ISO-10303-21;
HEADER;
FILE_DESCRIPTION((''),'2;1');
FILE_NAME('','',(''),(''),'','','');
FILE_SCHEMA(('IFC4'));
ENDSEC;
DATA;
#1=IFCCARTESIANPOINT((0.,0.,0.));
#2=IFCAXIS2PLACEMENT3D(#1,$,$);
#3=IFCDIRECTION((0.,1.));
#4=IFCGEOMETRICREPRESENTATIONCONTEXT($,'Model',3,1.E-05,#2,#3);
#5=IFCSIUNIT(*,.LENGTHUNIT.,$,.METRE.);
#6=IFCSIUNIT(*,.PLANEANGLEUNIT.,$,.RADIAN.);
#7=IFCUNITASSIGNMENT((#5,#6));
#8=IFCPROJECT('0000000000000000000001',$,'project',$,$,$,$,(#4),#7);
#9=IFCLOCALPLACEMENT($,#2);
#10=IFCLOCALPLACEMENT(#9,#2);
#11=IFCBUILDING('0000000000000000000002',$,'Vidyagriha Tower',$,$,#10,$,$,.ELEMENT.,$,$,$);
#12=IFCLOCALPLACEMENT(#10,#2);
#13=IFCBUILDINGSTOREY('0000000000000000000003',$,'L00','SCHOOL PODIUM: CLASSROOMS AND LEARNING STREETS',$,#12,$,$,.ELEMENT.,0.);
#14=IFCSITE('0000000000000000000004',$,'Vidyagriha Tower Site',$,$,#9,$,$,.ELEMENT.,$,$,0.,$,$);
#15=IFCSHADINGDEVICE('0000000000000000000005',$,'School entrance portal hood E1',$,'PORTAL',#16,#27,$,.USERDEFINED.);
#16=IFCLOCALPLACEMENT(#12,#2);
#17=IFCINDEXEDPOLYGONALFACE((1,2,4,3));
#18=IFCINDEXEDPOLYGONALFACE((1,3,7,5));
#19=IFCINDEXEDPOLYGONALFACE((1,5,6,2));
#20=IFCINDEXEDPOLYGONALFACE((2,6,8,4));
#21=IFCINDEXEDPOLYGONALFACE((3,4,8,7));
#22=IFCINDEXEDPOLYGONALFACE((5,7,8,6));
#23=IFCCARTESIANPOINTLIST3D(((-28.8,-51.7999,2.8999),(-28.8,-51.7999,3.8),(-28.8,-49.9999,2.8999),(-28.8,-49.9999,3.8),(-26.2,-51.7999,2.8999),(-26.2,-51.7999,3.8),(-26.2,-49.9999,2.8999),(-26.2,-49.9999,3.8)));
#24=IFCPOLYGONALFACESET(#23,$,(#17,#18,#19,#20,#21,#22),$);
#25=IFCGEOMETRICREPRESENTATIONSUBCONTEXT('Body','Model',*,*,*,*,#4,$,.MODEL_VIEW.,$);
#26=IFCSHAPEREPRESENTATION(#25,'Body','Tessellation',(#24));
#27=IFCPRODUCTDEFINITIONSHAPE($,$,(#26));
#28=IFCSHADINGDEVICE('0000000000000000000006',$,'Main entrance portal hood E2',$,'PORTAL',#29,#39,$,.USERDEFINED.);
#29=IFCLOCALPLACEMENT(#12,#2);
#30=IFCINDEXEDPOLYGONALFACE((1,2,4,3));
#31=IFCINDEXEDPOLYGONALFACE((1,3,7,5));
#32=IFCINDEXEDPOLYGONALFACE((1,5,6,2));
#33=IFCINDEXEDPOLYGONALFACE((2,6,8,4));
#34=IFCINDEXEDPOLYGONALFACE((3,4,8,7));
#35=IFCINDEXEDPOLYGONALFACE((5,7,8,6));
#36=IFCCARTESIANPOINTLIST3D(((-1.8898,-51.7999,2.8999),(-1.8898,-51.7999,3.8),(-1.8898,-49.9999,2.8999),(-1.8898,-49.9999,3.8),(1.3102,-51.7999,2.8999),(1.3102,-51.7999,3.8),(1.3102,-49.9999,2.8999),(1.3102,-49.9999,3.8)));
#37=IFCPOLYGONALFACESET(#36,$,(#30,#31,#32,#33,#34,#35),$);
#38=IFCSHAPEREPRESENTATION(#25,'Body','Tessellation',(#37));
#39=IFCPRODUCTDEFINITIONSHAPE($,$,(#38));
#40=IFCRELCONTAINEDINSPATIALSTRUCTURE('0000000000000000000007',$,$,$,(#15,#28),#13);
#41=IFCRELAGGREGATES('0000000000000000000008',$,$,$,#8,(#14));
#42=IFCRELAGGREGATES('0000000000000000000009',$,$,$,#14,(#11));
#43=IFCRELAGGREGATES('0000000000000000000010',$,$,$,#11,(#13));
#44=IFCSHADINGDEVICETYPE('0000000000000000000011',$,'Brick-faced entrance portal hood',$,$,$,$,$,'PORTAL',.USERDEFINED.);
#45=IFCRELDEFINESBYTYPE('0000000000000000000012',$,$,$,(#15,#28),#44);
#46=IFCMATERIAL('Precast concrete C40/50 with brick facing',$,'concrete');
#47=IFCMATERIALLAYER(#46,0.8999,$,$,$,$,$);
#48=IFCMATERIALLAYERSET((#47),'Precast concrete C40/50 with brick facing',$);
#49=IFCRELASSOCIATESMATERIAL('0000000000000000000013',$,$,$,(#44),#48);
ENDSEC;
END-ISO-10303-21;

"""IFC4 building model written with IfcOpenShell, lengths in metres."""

from ifc_helpers import new_model, si_unit, direction, frame, frame_2d, origin, place, context, subcontext, project, spatial, rectangle, extrude, material, layer, layer_set, type_object, element, save


model = new_model("IFC4")

# Units and contexts
model_context = context("Model", 3, precision=1e-05, world=origin(), true_north=direction((0.0, 1.0)))
body_context = subcontext(model_context, "Body", "Model", "MODEL_VIEW")
ifc_project = project(units=[si_unit("LENGTHUNIT", "METRE"), si_unit("PLANEANGLEUNIT", "RADIAN")], contexts=[model_context])

# Site, building, storey
site_placement = place(None, origin())
site = spatial("IfcSite", under=ifc_project, at=site_placement, Name="Vidyagriha Tower Site", CompositionType="ELEMENT", RefElevation=0.0)
building_placement = place(site_placement, origin())
building = spatial("IfcBuilding", under=site, at=building_placement, Name="Vidyagriha Tower", CompositionType="ELEMENT")
storey_placement = place(building_placement, origin())
storey = spatial("IfcBuildingStorey", under=building, at=storey_placement, Name="L00", Description="SCHOOL PODIUM: CLASSROOMS AND LEARNING STREETS", CompositionType="ELEMENT", Elevation=0.0)

# Shading devices
ifc_material_1 = material(Name="Precast concrete C40/50 with brick facing", Category="concrete")
ifc_layer_1 = layer(ifc_material_1, 0.8999)
ifc_layer_set_1 = layer_set([ifc_layer_1], Name="Precast concrete C40/50 with brick facing")
shading_device_type_1 = type_object("IfcShadingDeviceType", Name="Brick-faced entrance portal hood", ElementType="PORTAL", PredefinedType="USERDEFINED", material=ifc_layer_set_1)
shading_device_1_placement = place(storey_placement, frame((-28.8, -50.8999, 2.8999)))
element("IfcShadingDevice", 1, at=shading_device_1_placement, inside=storey, type_object=shading_device_type_1, Name="School entrance portal hood E1", ObjectType="PORTAL", PredefinedType="USERDEFINED", context=body_context, shape_type="SweptSolid", body=[
    extrude(rectangle(XDim=2.6001, YDim=1.8, at=frame_2d((1.3, 0.0))), origin(), (0.0, 0.0, 1.0), 0.9001),
])
shading_device_2_placement = place(storey_placement, frame((-1.8899, -50.8999, 2.8999)))
element("IfcShadingDevice", 2, at=shading_device_2_placement, inside=storey, type_object=shading_device_type_1, Name="Main entrance portal hood E2", ObjectType="PORTAL", PredefinedType="USERDEFINED", context=body_context, shape_type="SweptSolid", body=[
    extrude(rectangle(XDim=3.2, YDim=1.8, at=frame_2d((1.6001, 0.0))), origin(), (0.0, 0.0, 1.0), 0.9001),
])

save(model, "model.ifc")
